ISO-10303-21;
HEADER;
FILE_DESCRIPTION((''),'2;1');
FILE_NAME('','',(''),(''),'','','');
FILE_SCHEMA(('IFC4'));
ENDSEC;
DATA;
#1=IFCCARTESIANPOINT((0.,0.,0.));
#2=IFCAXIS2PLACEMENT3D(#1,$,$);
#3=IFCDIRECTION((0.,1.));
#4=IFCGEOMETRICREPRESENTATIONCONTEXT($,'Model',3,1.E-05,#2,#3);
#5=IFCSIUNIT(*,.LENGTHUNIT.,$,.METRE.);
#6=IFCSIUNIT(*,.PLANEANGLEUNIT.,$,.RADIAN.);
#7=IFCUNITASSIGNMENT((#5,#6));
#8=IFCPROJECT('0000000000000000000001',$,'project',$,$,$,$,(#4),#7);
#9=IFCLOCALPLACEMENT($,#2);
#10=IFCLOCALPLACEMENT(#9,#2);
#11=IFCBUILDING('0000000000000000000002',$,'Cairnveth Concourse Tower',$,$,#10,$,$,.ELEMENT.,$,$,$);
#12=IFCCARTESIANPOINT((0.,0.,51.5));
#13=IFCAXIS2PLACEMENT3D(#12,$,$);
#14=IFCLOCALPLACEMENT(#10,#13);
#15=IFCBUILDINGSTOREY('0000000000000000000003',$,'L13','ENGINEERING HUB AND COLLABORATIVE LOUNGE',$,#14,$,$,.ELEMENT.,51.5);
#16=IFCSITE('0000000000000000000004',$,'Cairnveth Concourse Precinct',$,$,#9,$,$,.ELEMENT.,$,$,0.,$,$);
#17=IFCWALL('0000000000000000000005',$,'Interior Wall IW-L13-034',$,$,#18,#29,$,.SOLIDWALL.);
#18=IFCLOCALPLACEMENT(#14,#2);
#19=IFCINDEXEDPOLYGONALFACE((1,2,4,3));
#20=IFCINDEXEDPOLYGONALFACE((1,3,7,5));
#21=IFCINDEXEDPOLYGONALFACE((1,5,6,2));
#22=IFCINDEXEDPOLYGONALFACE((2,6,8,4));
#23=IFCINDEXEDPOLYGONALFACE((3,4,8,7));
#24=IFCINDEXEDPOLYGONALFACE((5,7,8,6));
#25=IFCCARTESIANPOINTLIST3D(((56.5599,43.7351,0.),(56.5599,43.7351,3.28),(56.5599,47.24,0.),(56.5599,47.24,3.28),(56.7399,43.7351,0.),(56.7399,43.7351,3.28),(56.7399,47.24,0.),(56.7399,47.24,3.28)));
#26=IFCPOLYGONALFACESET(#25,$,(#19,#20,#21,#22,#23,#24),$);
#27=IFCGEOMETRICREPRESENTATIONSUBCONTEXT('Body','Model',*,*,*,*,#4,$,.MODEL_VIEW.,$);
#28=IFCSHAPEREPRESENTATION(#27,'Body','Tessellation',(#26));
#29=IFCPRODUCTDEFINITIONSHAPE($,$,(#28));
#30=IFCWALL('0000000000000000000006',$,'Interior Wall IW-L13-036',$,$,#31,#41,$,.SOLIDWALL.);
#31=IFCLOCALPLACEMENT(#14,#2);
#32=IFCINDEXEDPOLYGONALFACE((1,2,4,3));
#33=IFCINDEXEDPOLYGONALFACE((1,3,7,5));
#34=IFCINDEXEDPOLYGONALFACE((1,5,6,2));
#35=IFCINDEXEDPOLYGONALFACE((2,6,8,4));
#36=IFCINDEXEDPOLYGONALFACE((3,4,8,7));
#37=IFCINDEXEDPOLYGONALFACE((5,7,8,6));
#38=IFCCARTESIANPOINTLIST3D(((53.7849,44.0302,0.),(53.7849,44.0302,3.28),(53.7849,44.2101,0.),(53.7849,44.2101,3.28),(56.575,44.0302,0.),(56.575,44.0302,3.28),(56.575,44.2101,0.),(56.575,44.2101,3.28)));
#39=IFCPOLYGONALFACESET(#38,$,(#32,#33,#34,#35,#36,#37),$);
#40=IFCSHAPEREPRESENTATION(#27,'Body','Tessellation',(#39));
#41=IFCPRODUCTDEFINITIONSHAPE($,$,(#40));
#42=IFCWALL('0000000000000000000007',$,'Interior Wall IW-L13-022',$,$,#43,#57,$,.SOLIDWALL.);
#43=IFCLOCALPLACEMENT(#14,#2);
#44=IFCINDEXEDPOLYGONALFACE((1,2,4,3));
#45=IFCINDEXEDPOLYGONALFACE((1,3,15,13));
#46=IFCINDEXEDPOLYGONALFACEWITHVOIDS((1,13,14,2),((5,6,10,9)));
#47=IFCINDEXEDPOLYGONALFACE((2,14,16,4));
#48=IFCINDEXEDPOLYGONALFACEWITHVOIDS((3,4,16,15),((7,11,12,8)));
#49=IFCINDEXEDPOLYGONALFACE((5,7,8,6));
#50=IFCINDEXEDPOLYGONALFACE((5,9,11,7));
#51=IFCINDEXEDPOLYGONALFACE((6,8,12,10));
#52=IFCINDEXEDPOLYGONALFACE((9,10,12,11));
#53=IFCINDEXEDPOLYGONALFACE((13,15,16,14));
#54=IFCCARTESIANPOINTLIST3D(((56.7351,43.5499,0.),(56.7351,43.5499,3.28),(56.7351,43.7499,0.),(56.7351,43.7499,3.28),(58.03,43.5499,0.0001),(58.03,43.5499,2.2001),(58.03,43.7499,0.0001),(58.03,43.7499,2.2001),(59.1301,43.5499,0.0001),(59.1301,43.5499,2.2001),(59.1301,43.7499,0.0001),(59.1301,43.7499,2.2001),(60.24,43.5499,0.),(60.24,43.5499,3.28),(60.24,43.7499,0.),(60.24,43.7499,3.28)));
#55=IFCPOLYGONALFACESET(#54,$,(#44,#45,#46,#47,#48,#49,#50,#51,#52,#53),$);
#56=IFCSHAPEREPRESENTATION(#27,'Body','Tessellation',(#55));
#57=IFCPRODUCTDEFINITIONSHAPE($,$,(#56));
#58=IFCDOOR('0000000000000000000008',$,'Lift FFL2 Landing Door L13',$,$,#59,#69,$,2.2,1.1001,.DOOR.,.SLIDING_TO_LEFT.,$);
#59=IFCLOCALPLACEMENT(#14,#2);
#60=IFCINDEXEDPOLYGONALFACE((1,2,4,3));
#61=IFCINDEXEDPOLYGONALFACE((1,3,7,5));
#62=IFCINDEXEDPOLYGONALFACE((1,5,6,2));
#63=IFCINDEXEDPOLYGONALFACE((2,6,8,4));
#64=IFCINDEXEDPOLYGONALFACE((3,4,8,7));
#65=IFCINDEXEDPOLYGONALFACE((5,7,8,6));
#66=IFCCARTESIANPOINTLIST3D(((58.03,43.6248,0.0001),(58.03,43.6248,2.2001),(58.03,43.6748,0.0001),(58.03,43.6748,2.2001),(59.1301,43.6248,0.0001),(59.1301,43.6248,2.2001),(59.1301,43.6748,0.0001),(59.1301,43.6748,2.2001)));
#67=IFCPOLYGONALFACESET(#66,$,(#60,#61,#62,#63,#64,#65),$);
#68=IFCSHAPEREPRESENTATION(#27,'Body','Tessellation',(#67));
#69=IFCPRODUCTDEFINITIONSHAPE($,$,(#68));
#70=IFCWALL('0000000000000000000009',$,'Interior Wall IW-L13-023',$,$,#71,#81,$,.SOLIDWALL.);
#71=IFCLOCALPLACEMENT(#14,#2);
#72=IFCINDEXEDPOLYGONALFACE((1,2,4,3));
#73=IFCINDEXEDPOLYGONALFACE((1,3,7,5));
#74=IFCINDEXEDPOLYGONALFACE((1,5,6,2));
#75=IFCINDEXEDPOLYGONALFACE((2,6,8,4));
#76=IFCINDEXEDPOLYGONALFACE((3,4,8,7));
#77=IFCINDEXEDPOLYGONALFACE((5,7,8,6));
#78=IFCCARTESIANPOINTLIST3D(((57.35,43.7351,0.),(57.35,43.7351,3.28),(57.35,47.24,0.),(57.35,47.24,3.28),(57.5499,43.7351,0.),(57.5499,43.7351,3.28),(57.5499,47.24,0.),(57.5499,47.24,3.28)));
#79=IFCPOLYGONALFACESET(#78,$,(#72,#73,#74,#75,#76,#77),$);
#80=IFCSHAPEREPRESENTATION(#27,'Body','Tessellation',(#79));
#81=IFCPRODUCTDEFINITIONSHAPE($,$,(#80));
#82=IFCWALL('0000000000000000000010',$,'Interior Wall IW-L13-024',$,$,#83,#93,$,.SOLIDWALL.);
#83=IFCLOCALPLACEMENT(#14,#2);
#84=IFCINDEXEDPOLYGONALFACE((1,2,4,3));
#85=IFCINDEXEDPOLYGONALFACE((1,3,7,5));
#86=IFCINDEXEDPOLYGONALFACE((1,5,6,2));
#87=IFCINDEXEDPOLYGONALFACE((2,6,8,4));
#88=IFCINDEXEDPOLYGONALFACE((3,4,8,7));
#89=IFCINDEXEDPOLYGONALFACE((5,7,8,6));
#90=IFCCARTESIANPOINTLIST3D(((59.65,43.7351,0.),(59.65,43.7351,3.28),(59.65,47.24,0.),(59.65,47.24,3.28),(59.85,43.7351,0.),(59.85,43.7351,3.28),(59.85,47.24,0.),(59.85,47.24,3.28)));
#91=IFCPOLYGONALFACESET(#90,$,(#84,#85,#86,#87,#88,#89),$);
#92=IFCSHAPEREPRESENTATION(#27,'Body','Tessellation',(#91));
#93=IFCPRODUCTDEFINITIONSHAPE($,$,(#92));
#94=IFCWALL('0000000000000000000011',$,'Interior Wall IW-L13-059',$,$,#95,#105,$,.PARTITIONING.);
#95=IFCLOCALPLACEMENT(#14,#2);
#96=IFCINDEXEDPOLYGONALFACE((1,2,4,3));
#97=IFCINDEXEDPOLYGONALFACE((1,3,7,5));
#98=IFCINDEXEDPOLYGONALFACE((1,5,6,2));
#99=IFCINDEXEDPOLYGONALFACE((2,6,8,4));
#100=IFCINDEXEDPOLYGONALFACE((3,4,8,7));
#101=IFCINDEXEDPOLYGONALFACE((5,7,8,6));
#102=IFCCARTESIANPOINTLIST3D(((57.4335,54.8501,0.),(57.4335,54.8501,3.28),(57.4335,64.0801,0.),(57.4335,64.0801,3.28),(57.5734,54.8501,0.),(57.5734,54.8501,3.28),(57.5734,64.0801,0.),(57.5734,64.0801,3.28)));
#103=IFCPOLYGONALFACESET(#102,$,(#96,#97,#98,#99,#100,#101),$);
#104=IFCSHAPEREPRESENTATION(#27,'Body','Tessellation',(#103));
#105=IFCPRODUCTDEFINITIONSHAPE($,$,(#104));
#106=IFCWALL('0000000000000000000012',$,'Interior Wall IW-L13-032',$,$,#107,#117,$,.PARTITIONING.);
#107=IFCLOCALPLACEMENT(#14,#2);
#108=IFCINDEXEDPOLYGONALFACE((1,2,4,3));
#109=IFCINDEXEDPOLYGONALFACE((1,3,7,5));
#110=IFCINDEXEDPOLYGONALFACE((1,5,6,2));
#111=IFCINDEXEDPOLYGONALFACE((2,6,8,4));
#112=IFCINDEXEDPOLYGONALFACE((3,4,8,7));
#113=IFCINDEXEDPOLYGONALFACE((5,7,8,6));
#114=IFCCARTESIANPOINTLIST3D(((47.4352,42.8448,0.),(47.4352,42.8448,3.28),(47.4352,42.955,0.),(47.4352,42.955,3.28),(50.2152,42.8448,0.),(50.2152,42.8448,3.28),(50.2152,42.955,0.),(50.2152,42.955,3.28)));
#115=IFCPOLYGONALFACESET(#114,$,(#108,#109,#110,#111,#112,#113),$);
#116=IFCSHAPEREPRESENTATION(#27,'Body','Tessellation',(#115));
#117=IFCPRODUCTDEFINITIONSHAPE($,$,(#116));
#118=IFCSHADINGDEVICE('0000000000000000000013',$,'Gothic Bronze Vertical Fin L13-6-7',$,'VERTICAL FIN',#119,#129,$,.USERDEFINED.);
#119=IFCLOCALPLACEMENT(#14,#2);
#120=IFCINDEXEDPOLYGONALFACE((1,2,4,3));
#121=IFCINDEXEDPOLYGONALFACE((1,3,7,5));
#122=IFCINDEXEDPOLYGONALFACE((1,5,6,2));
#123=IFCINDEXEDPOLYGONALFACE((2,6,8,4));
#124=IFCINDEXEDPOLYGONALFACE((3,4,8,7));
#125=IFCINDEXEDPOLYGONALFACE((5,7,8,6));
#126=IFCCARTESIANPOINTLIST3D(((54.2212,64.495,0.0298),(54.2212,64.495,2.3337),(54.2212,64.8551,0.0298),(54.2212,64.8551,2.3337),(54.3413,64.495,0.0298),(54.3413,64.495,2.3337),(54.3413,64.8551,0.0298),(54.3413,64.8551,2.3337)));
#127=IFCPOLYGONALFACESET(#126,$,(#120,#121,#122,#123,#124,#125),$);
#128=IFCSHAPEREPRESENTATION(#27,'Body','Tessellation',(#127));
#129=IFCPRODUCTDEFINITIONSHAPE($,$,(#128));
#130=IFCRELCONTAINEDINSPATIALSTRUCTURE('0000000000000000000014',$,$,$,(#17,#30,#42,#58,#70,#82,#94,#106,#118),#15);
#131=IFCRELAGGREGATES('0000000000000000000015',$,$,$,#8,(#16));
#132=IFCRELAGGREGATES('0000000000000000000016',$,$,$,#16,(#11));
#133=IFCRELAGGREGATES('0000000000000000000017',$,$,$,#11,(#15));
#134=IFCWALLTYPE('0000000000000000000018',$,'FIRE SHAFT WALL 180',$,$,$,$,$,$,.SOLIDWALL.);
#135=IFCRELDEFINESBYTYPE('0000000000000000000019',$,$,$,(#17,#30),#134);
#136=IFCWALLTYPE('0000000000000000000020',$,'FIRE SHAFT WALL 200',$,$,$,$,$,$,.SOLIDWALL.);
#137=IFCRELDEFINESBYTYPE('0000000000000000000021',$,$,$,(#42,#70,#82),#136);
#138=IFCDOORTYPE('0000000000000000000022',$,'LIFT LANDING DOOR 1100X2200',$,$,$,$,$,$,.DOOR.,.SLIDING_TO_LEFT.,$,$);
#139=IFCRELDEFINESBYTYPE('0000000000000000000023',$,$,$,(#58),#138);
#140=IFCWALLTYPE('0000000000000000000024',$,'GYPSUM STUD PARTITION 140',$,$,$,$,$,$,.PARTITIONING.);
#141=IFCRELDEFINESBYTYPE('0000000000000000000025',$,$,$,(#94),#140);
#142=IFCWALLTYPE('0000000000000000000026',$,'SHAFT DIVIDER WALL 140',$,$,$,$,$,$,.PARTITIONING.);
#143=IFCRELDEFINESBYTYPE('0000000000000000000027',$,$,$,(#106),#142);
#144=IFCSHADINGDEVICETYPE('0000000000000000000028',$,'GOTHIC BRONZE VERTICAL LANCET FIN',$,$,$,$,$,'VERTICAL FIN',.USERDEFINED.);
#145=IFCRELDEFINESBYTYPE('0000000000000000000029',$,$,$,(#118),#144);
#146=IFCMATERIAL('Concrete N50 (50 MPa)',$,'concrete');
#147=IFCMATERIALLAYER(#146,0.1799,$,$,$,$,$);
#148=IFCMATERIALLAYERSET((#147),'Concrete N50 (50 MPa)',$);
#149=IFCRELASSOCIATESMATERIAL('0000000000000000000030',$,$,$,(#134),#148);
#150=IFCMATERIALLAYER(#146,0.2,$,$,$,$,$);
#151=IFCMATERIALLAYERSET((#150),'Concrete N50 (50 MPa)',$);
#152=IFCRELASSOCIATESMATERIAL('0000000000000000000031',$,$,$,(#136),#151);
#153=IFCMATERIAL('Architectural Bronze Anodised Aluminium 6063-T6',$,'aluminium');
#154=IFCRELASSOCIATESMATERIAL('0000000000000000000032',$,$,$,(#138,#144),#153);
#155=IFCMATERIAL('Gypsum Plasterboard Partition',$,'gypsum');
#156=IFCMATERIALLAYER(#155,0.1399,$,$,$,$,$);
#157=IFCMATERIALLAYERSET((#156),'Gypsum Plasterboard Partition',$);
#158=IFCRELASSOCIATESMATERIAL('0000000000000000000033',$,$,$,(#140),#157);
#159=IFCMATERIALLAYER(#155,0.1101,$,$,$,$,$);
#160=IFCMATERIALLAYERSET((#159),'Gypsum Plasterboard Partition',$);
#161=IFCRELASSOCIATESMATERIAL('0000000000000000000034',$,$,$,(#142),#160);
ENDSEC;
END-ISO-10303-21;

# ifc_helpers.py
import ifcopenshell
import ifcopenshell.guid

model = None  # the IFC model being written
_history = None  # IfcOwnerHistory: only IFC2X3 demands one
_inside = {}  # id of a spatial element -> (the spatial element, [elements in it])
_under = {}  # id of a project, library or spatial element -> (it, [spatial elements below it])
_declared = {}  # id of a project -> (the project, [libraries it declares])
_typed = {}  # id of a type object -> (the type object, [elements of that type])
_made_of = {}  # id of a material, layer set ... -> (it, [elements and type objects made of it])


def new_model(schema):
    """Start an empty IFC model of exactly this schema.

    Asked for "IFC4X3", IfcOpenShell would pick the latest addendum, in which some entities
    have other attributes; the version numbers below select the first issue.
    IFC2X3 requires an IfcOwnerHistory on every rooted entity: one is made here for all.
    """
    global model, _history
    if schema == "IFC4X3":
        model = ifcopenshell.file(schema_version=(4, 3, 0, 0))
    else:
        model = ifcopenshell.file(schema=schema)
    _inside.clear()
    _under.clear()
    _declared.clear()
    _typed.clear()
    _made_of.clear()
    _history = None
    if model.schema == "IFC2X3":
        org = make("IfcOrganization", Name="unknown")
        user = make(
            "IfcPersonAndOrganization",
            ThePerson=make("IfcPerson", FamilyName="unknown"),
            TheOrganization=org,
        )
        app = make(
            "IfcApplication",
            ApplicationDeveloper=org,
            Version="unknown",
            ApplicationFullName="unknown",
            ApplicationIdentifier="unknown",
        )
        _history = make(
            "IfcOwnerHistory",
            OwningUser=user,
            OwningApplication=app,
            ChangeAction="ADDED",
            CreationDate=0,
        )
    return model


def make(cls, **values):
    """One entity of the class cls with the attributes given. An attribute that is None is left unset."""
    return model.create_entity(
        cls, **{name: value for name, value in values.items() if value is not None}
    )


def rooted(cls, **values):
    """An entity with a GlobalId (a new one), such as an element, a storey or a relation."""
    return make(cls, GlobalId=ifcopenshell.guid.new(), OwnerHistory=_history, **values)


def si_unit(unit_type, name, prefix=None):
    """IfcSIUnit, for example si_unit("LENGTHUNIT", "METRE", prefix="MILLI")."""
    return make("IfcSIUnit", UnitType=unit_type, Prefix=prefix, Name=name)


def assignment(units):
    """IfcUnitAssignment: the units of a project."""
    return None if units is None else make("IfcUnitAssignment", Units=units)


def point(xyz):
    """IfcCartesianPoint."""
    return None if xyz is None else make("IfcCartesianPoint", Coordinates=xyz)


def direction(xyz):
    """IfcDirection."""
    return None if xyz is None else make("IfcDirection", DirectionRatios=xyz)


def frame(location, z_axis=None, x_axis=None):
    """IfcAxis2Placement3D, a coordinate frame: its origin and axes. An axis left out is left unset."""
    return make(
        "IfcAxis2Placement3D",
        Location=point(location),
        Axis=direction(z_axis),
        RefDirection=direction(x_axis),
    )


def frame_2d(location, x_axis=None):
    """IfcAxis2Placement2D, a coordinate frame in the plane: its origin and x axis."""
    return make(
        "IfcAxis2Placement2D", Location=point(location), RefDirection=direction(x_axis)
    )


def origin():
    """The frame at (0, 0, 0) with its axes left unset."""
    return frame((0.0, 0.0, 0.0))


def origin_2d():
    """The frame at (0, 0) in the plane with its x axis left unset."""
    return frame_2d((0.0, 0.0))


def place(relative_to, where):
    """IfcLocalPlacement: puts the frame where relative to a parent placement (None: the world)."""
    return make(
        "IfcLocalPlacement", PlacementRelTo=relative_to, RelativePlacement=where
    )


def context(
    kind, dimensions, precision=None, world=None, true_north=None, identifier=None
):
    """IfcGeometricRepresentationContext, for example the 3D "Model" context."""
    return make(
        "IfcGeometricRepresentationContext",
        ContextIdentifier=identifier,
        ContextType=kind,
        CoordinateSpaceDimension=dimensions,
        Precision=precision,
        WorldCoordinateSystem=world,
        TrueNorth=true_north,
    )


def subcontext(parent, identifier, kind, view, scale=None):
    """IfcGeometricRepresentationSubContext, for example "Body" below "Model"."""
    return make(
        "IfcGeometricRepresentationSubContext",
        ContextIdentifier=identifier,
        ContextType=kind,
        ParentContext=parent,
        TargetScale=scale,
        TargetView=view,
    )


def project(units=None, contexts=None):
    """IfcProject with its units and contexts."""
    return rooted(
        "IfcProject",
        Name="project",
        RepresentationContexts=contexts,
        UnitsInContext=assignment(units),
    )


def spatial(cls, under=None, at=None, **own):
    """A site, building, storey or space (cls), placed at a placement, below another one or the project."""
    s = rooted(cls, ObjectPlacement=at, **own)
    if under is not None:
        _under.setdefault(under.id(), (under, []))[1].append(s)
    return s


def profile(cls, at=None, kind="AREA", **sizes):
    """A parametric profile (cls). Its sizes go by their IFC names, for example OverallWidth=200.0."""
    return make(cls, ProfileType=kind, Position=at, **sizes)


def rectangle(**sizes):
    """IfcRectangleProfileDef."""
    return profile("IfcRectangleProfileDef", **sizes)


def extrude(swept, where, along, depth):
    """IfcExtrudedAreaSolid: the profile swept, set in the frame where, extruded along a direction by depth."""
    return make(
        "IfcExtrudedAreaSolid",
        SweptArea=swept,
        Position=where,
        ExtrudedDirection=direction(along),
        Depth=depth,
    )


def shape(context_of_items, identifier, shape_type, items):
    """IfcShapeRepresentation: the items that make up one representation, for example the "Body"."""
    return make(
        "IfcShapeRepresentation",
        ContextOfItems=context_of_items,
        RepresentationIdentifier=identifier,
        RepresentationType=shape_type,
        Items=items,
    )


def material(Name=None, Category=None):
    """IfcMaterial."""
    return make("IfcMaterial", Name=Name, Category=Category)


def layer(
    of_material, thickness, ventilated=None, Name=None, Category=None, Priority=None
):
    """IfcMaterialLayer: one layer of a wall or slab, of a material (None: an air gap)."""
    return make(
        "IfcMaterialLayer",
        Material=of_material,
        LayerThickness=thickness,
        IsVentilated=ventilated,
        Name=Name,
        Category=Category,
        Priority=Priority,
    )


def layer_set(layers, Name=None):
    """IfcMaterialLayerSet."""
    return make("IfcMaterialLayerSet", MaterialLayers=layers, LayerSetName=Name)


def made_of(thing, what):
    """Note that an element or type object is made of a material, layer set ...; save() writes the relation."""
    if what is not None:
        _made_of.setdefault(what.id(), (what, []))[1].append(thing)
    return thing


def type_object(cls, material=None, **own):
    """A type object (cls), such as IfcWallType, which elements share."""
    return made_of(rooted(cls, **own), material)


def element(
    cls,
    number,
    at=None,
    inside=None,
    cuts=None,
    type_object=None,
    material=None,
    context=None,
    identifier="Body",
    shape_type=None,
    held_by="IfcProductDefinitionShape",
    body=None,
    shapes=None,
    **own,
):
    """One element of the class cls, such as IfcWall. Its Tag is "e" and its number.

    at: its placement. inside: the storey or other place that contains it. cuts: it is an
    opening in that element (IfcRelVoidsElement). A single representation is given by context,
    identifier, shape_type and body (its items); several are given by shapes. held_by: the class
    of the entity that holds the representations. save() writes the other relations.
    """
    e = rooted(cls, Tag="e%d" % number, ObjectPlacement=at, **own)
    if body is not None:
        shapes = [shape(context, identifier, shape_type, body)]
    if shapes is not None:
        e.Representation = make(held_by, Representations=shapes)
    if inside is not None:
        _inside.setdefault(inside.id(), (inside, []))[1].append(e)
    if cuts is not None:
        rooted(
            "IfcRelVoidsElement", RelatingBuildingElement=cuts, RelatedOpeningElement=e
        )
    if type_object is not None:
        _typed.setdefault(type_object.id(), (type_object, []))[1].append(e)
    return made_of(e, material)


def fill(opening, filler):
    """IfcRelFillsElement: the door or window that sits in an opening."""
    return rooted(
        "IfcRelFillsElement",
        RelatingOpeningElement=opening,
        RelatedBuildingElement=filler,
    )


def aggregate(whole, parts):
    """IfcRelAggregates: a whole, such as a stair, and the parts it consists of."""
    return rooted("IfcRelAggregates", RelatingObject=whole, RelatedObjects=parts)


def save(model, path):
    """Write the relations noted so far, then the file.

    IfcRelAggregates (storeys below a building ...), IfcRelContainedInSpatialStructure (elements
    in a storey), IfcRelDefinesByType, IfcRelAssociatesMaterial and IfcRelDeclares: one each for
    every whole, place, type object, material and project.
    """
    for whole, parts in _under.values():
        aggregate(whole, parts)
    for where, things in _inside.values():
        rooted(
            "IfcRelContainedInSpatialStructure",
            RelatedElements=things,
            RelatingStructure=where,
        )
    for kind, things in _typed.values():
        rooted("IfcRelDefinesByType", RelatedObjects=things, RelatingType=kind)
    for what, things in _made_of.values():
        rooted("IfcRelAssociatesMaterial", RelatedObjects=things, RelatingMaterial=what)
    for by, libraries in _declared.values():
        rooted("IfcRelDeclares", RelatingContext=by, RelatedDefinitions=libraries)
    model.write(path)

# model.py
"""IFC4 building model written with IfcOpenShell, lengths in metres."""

from ifc_helpers import new_model, si_unit, direction, frame, frame_2d, origin, origin_2d, place, context, subcontext, project, spatial, rectangle, extrude, material, layer, layer_set, type_object, element, fill, save


model = new_model("IFC4")

# Units and contexts
model_context = context("Model", 3, precision=1e-05, world=origin(), true_north=direction((0.0, 1.0)))
body_context = subcontext(model_context, "Body", "Model", "MODEL_VIEW")
ifc_project = project(units=[si_unit("LENGTHUNIT", "METRE"), si_unit("PLANEANGLEUNIT", "RADIAN")], contexts=[model_context])

# Site, building, storey
site_placement = place(None, origin())
site = spatial("IfcSite", under=ifc_project, at=site_placement, Name="Cairnveth Concourse Precinct", CompositionType="ELEMENT", RefElevation=0.0)
building_placement = place(site_placement, origin())
building = spatial("IfcBuilding", under=site, at=building_placement, Name="Cairnveth Concourse Tower", CompositionType="ELEMENT")
storey_placement = place(building_placement, frame((0.0, 0.0, 51.5)))
storey = spatial("IfcBuildingStorey", under=building, at=storey_placement, Name="L13", Description="ENGINEERING HUB AND COLLABORATIVE LOUNGE", CompositionType="ELEMENT", Elevation=51.5)

# Walls
ifc_material_1 = material(Name="Concrete N50 (50 MPa)", Category="concrete")
ifc_layer_1 = layer(ifc_material_1, 0.1799)
ifc_layer_set_1 = layer_set([ifc_layer_1], Name="Concrete N50 (50 MPa)")
wall_type_1 = type_object("IfcWallType", Name="FIRE SHAFT WALL 180", PredefinedType="SOLIDWALL", material=ifc_layer_set_1)
wall_1_placement = place(storey_placement, frame((56.6499, 43.7351, 0.0), z_axis=(0.0, 0.0, 1.0), x_axis=(0.0, 1.0, 0.0)))
element("IfcWall", 1, at=wall_1_placement, inside=storey, type_object=wall_type_1, Name="Interior Wall IW-L13-034", PredefinedType="SOLIDWALL", context=body_context, shape_type="SweptSolid", body=[
    extrude(rectangle(XDim=3.5049, YDim=0.1799, at=frame_2d((1.7524, 0.0))), origin(), (0.0, 0.0, 1.0), 3.28),
])
wall_2_placement = place(storey_placement, frame((53.7849, 44.1201, 0.0), z_axis=(0.0, 0.0, 1.0), x_axis=(1.0, 0.0, 0.0)))
element("IfcWall", 2, at=wall_2_placement, inside=storey, type_object=wall_type_1, Name="Interior Wall IW-L13-036", PredefinedType="SOLIDWALL", context=body_context, shape_type="SweptSolid", body=[
    extrude(rectangle(XDim=2.79, YDim=0.1799, at=frame_2d((1.395, 0.0))), origin(), (0.0, 0.0, 1.0), 3.28),
])

# Wall, opening, door
ifc_layer_2 = layer(ifc_material_1, 0.2)
ifc_layer_set_2 = layer_set([ifc_layer_2], Name="Concrete N50 (50 MPa)")
wall_type_2 = type_object("IfcWallType", Name="FIRE SHAFT WALL 200", PredefinedType="SOLIDWALL", material=ifc_layer_set_2)
wall_3_placement = place(storey_placement, frame((56.7351, 43.6499, 0.0), z_axis=(0.0, 0.0, 1.0), x_axis=(1.0, 0.0, 0.0)))
wall_3 = element("IfcWall", 3, at=wall_3_placement, inside=storey, type_object=wall_type_2, Name="Interior Wall IW-L13-022", PredefinedType="SOLIDWALL", context=body_context, shape_type="SweptSolid", body=[
    extrude(rectangle(XDim=3.5049, YDim=0.2, at=frame_2d((1.7524, 0.0))), origin(), (0.0, 0.0, 1.0), 3.28),
])
opening_placement = place(wall_3_placement, frame((1.2949, 0.0, 0.0)))
opening = element("IfcOpeningElement", 4, at=opening_placement, cuts=wall_3, PredefinedType="OPENING", context=body_context, shape_type="SweptSolid", body=[
    extrude(rectangle(XDim=1.1001, YDim=2.2, at=frame_2d((0.55, 1.1001))), frame((0.0, 0.1099, 0.0), z_axis=(0.0, -1.0, 0.0), x_axis=(1.0, 0.0, 0.0)), (0.0, 0.0, 1.0), 0.22),
])
ifc_material_2 = material(Name="Architectural Bronze Anodised Aluminium 6063-T6", Category="aluminium")
door_type = type_object("IfcDoorType", Name="LIFT LANDING DOOR 1100X2200", OperationType="SLIDING_TO_LEFT", PredefinedType="DOOR", material=ifc_material_2)
door_placement = place(opening_placement, origin())
door = element("IfcDoor", 5, at=door_placement, inside=storey, type_object=door_type, Name="Lift FFL2 Landing Door L13", OperationType="SLIDING_TO_LEFT", OverallHeight=2.2, OverallWidth=1.1001, PredefinedType="DOOR", context=body_context, shape_type="SweptSolid", body=[
    extrude(rectangle(XDim=1.1001, YDim=2.2, at=frame_2d((0.55, 1.1001))), frame((0.0, 0.0249, 0.0), z_axis=(0.0, -1.0, 0.0), x_axis=(1.0, 0.0, 0.0)), (0.0, 0.0, 1.0), 0.05),
])
fill(opening, door)

# Walls
for number, where, z_axis, x_axis, name in (
    (6, (57.45, 43.7351, 0.0), (0.0, 0.0, 1.0), (0.0, 1.0, 0.0), "Interior Wall IW-L13-023"),
    (7, (59.75, 43.7351, 0.0), (0.0, 0.0, 1.0), (0.0, 1.0, 0.0), "Interior Wall IW-L13-024"),
):
    element("IfcWall", number, at=place(storey_placement, frame(where, z_axis=z_axis, x_axis=x_axis)), inside=storey, type_object=wall_type_2, Name=name, PredefinedType="SOLIDWALL", context=body_context, shape_type="SweptSolid", body=[
        extrude(rectangle(XDim=3.5049, YDim=0.2, at=frame_2d((1.7524, 0.0))), origin(), (0.0, 0.0, 1.0), 3.28),
    ])
ifc_material_3 = material(Name="Gypsum Plasterboard Partition", Category="gypsum")
ifc_layer_3 = layer(ifc_material_3, 0.1399)
ifc_layer_set_3 = layer_set([ifc_layer_3], Name="Gypsum Plasterboard Partition")
wall_type_3 = type_object("IfcWallType", Name="GYPSUM STUD PARTITION 140", PredefinedType="PARTITIONING", material=ifc_layer_set_3)
wall_4_placement = place(storey_placement, frame((57.5034, 54.8501, 0.0), z_axis=(0.0, 0.0, 1.0), x_axis=(0.0, 1.0, 0.0)))
element("IfcWall", 8, at=wall_4_placement, inside=storey, type_object=wall_type_3, Name="Interior Wall IW-L13-059", PredefinedType="PARTITIONING", context=body_context, shape_type="SweptSolid", body=[
    extrude(rectangle(XDim=9.23, YDim=0.1399, at=frame_2d((4.615, 0.0))), origin(), (0.0, 0.0, 1.0), 3.28),
])
ifc_layer_4 = layer(ifc_material_3, 0.1101)
ifc_layer_set_4 = layer_set([ifc_layer_4], Name="Gypsum Plasterboard Partition")
wall_type_4 = type_object("IfcWallType", Name="SHAFT DIVIDER WALL 140", PredefinedType="PARTITIONING", material=ifc_layer_set_4)
wall_5_placement = place(storey_placement, frame((47.4351, 42.8999, 0.0), z_axis=(0.0, 0.0, 1.0), x_axis=(1.0, 0.0, 0.0)))
element("IfcWall", 9, at=wall_5_placement, inside=storey, type_object=wall_type_4, Name="Interior Wall IW-L13-032", PredefinedType="PARTITIONING", context=body_context, shape_type="SweptSolid", body=[
    extrude(rectangle(XDim=2.78, YDim=0.1101, at=frame_2d((1.3901, 0.0))), origin(), (0.0, 0.0, 1.0), 3.28),
])

# Shading device
shading_device_type = type_object("IfcShadingDeviceType", Name="GOTHIC BRONZE VERTICAL LANCET FIN", ElementType="VERTICAL FIN", PredefinedType="USERDEFINED", material=ifc_material_2)
shading_device_placement = place(storey_placement, frame((54.2812, 64.675, 0.0298), z_axis=(0.0, 0.0, 1.0), x_axis=(1.0, 0.0, 0.0)))
element("IfcShadingDevice", 10, at=shading_device_placement, inside=storey, type_object=shading_device_type, Name="Gothic Bronze Vertical Fin L13-6-7", ObjectType="VERTICAL FIN", PredefinedType="USERDEFINED", context=body_context, shape_type="SweptSolid", body=[
    extrude(rectangle(XDim=0.1201, YDim=0.3601, at=origin_2d()), origin(), (0.0, 0.0, 1.0), 2.304),
])

save(model, "model.ifc")
